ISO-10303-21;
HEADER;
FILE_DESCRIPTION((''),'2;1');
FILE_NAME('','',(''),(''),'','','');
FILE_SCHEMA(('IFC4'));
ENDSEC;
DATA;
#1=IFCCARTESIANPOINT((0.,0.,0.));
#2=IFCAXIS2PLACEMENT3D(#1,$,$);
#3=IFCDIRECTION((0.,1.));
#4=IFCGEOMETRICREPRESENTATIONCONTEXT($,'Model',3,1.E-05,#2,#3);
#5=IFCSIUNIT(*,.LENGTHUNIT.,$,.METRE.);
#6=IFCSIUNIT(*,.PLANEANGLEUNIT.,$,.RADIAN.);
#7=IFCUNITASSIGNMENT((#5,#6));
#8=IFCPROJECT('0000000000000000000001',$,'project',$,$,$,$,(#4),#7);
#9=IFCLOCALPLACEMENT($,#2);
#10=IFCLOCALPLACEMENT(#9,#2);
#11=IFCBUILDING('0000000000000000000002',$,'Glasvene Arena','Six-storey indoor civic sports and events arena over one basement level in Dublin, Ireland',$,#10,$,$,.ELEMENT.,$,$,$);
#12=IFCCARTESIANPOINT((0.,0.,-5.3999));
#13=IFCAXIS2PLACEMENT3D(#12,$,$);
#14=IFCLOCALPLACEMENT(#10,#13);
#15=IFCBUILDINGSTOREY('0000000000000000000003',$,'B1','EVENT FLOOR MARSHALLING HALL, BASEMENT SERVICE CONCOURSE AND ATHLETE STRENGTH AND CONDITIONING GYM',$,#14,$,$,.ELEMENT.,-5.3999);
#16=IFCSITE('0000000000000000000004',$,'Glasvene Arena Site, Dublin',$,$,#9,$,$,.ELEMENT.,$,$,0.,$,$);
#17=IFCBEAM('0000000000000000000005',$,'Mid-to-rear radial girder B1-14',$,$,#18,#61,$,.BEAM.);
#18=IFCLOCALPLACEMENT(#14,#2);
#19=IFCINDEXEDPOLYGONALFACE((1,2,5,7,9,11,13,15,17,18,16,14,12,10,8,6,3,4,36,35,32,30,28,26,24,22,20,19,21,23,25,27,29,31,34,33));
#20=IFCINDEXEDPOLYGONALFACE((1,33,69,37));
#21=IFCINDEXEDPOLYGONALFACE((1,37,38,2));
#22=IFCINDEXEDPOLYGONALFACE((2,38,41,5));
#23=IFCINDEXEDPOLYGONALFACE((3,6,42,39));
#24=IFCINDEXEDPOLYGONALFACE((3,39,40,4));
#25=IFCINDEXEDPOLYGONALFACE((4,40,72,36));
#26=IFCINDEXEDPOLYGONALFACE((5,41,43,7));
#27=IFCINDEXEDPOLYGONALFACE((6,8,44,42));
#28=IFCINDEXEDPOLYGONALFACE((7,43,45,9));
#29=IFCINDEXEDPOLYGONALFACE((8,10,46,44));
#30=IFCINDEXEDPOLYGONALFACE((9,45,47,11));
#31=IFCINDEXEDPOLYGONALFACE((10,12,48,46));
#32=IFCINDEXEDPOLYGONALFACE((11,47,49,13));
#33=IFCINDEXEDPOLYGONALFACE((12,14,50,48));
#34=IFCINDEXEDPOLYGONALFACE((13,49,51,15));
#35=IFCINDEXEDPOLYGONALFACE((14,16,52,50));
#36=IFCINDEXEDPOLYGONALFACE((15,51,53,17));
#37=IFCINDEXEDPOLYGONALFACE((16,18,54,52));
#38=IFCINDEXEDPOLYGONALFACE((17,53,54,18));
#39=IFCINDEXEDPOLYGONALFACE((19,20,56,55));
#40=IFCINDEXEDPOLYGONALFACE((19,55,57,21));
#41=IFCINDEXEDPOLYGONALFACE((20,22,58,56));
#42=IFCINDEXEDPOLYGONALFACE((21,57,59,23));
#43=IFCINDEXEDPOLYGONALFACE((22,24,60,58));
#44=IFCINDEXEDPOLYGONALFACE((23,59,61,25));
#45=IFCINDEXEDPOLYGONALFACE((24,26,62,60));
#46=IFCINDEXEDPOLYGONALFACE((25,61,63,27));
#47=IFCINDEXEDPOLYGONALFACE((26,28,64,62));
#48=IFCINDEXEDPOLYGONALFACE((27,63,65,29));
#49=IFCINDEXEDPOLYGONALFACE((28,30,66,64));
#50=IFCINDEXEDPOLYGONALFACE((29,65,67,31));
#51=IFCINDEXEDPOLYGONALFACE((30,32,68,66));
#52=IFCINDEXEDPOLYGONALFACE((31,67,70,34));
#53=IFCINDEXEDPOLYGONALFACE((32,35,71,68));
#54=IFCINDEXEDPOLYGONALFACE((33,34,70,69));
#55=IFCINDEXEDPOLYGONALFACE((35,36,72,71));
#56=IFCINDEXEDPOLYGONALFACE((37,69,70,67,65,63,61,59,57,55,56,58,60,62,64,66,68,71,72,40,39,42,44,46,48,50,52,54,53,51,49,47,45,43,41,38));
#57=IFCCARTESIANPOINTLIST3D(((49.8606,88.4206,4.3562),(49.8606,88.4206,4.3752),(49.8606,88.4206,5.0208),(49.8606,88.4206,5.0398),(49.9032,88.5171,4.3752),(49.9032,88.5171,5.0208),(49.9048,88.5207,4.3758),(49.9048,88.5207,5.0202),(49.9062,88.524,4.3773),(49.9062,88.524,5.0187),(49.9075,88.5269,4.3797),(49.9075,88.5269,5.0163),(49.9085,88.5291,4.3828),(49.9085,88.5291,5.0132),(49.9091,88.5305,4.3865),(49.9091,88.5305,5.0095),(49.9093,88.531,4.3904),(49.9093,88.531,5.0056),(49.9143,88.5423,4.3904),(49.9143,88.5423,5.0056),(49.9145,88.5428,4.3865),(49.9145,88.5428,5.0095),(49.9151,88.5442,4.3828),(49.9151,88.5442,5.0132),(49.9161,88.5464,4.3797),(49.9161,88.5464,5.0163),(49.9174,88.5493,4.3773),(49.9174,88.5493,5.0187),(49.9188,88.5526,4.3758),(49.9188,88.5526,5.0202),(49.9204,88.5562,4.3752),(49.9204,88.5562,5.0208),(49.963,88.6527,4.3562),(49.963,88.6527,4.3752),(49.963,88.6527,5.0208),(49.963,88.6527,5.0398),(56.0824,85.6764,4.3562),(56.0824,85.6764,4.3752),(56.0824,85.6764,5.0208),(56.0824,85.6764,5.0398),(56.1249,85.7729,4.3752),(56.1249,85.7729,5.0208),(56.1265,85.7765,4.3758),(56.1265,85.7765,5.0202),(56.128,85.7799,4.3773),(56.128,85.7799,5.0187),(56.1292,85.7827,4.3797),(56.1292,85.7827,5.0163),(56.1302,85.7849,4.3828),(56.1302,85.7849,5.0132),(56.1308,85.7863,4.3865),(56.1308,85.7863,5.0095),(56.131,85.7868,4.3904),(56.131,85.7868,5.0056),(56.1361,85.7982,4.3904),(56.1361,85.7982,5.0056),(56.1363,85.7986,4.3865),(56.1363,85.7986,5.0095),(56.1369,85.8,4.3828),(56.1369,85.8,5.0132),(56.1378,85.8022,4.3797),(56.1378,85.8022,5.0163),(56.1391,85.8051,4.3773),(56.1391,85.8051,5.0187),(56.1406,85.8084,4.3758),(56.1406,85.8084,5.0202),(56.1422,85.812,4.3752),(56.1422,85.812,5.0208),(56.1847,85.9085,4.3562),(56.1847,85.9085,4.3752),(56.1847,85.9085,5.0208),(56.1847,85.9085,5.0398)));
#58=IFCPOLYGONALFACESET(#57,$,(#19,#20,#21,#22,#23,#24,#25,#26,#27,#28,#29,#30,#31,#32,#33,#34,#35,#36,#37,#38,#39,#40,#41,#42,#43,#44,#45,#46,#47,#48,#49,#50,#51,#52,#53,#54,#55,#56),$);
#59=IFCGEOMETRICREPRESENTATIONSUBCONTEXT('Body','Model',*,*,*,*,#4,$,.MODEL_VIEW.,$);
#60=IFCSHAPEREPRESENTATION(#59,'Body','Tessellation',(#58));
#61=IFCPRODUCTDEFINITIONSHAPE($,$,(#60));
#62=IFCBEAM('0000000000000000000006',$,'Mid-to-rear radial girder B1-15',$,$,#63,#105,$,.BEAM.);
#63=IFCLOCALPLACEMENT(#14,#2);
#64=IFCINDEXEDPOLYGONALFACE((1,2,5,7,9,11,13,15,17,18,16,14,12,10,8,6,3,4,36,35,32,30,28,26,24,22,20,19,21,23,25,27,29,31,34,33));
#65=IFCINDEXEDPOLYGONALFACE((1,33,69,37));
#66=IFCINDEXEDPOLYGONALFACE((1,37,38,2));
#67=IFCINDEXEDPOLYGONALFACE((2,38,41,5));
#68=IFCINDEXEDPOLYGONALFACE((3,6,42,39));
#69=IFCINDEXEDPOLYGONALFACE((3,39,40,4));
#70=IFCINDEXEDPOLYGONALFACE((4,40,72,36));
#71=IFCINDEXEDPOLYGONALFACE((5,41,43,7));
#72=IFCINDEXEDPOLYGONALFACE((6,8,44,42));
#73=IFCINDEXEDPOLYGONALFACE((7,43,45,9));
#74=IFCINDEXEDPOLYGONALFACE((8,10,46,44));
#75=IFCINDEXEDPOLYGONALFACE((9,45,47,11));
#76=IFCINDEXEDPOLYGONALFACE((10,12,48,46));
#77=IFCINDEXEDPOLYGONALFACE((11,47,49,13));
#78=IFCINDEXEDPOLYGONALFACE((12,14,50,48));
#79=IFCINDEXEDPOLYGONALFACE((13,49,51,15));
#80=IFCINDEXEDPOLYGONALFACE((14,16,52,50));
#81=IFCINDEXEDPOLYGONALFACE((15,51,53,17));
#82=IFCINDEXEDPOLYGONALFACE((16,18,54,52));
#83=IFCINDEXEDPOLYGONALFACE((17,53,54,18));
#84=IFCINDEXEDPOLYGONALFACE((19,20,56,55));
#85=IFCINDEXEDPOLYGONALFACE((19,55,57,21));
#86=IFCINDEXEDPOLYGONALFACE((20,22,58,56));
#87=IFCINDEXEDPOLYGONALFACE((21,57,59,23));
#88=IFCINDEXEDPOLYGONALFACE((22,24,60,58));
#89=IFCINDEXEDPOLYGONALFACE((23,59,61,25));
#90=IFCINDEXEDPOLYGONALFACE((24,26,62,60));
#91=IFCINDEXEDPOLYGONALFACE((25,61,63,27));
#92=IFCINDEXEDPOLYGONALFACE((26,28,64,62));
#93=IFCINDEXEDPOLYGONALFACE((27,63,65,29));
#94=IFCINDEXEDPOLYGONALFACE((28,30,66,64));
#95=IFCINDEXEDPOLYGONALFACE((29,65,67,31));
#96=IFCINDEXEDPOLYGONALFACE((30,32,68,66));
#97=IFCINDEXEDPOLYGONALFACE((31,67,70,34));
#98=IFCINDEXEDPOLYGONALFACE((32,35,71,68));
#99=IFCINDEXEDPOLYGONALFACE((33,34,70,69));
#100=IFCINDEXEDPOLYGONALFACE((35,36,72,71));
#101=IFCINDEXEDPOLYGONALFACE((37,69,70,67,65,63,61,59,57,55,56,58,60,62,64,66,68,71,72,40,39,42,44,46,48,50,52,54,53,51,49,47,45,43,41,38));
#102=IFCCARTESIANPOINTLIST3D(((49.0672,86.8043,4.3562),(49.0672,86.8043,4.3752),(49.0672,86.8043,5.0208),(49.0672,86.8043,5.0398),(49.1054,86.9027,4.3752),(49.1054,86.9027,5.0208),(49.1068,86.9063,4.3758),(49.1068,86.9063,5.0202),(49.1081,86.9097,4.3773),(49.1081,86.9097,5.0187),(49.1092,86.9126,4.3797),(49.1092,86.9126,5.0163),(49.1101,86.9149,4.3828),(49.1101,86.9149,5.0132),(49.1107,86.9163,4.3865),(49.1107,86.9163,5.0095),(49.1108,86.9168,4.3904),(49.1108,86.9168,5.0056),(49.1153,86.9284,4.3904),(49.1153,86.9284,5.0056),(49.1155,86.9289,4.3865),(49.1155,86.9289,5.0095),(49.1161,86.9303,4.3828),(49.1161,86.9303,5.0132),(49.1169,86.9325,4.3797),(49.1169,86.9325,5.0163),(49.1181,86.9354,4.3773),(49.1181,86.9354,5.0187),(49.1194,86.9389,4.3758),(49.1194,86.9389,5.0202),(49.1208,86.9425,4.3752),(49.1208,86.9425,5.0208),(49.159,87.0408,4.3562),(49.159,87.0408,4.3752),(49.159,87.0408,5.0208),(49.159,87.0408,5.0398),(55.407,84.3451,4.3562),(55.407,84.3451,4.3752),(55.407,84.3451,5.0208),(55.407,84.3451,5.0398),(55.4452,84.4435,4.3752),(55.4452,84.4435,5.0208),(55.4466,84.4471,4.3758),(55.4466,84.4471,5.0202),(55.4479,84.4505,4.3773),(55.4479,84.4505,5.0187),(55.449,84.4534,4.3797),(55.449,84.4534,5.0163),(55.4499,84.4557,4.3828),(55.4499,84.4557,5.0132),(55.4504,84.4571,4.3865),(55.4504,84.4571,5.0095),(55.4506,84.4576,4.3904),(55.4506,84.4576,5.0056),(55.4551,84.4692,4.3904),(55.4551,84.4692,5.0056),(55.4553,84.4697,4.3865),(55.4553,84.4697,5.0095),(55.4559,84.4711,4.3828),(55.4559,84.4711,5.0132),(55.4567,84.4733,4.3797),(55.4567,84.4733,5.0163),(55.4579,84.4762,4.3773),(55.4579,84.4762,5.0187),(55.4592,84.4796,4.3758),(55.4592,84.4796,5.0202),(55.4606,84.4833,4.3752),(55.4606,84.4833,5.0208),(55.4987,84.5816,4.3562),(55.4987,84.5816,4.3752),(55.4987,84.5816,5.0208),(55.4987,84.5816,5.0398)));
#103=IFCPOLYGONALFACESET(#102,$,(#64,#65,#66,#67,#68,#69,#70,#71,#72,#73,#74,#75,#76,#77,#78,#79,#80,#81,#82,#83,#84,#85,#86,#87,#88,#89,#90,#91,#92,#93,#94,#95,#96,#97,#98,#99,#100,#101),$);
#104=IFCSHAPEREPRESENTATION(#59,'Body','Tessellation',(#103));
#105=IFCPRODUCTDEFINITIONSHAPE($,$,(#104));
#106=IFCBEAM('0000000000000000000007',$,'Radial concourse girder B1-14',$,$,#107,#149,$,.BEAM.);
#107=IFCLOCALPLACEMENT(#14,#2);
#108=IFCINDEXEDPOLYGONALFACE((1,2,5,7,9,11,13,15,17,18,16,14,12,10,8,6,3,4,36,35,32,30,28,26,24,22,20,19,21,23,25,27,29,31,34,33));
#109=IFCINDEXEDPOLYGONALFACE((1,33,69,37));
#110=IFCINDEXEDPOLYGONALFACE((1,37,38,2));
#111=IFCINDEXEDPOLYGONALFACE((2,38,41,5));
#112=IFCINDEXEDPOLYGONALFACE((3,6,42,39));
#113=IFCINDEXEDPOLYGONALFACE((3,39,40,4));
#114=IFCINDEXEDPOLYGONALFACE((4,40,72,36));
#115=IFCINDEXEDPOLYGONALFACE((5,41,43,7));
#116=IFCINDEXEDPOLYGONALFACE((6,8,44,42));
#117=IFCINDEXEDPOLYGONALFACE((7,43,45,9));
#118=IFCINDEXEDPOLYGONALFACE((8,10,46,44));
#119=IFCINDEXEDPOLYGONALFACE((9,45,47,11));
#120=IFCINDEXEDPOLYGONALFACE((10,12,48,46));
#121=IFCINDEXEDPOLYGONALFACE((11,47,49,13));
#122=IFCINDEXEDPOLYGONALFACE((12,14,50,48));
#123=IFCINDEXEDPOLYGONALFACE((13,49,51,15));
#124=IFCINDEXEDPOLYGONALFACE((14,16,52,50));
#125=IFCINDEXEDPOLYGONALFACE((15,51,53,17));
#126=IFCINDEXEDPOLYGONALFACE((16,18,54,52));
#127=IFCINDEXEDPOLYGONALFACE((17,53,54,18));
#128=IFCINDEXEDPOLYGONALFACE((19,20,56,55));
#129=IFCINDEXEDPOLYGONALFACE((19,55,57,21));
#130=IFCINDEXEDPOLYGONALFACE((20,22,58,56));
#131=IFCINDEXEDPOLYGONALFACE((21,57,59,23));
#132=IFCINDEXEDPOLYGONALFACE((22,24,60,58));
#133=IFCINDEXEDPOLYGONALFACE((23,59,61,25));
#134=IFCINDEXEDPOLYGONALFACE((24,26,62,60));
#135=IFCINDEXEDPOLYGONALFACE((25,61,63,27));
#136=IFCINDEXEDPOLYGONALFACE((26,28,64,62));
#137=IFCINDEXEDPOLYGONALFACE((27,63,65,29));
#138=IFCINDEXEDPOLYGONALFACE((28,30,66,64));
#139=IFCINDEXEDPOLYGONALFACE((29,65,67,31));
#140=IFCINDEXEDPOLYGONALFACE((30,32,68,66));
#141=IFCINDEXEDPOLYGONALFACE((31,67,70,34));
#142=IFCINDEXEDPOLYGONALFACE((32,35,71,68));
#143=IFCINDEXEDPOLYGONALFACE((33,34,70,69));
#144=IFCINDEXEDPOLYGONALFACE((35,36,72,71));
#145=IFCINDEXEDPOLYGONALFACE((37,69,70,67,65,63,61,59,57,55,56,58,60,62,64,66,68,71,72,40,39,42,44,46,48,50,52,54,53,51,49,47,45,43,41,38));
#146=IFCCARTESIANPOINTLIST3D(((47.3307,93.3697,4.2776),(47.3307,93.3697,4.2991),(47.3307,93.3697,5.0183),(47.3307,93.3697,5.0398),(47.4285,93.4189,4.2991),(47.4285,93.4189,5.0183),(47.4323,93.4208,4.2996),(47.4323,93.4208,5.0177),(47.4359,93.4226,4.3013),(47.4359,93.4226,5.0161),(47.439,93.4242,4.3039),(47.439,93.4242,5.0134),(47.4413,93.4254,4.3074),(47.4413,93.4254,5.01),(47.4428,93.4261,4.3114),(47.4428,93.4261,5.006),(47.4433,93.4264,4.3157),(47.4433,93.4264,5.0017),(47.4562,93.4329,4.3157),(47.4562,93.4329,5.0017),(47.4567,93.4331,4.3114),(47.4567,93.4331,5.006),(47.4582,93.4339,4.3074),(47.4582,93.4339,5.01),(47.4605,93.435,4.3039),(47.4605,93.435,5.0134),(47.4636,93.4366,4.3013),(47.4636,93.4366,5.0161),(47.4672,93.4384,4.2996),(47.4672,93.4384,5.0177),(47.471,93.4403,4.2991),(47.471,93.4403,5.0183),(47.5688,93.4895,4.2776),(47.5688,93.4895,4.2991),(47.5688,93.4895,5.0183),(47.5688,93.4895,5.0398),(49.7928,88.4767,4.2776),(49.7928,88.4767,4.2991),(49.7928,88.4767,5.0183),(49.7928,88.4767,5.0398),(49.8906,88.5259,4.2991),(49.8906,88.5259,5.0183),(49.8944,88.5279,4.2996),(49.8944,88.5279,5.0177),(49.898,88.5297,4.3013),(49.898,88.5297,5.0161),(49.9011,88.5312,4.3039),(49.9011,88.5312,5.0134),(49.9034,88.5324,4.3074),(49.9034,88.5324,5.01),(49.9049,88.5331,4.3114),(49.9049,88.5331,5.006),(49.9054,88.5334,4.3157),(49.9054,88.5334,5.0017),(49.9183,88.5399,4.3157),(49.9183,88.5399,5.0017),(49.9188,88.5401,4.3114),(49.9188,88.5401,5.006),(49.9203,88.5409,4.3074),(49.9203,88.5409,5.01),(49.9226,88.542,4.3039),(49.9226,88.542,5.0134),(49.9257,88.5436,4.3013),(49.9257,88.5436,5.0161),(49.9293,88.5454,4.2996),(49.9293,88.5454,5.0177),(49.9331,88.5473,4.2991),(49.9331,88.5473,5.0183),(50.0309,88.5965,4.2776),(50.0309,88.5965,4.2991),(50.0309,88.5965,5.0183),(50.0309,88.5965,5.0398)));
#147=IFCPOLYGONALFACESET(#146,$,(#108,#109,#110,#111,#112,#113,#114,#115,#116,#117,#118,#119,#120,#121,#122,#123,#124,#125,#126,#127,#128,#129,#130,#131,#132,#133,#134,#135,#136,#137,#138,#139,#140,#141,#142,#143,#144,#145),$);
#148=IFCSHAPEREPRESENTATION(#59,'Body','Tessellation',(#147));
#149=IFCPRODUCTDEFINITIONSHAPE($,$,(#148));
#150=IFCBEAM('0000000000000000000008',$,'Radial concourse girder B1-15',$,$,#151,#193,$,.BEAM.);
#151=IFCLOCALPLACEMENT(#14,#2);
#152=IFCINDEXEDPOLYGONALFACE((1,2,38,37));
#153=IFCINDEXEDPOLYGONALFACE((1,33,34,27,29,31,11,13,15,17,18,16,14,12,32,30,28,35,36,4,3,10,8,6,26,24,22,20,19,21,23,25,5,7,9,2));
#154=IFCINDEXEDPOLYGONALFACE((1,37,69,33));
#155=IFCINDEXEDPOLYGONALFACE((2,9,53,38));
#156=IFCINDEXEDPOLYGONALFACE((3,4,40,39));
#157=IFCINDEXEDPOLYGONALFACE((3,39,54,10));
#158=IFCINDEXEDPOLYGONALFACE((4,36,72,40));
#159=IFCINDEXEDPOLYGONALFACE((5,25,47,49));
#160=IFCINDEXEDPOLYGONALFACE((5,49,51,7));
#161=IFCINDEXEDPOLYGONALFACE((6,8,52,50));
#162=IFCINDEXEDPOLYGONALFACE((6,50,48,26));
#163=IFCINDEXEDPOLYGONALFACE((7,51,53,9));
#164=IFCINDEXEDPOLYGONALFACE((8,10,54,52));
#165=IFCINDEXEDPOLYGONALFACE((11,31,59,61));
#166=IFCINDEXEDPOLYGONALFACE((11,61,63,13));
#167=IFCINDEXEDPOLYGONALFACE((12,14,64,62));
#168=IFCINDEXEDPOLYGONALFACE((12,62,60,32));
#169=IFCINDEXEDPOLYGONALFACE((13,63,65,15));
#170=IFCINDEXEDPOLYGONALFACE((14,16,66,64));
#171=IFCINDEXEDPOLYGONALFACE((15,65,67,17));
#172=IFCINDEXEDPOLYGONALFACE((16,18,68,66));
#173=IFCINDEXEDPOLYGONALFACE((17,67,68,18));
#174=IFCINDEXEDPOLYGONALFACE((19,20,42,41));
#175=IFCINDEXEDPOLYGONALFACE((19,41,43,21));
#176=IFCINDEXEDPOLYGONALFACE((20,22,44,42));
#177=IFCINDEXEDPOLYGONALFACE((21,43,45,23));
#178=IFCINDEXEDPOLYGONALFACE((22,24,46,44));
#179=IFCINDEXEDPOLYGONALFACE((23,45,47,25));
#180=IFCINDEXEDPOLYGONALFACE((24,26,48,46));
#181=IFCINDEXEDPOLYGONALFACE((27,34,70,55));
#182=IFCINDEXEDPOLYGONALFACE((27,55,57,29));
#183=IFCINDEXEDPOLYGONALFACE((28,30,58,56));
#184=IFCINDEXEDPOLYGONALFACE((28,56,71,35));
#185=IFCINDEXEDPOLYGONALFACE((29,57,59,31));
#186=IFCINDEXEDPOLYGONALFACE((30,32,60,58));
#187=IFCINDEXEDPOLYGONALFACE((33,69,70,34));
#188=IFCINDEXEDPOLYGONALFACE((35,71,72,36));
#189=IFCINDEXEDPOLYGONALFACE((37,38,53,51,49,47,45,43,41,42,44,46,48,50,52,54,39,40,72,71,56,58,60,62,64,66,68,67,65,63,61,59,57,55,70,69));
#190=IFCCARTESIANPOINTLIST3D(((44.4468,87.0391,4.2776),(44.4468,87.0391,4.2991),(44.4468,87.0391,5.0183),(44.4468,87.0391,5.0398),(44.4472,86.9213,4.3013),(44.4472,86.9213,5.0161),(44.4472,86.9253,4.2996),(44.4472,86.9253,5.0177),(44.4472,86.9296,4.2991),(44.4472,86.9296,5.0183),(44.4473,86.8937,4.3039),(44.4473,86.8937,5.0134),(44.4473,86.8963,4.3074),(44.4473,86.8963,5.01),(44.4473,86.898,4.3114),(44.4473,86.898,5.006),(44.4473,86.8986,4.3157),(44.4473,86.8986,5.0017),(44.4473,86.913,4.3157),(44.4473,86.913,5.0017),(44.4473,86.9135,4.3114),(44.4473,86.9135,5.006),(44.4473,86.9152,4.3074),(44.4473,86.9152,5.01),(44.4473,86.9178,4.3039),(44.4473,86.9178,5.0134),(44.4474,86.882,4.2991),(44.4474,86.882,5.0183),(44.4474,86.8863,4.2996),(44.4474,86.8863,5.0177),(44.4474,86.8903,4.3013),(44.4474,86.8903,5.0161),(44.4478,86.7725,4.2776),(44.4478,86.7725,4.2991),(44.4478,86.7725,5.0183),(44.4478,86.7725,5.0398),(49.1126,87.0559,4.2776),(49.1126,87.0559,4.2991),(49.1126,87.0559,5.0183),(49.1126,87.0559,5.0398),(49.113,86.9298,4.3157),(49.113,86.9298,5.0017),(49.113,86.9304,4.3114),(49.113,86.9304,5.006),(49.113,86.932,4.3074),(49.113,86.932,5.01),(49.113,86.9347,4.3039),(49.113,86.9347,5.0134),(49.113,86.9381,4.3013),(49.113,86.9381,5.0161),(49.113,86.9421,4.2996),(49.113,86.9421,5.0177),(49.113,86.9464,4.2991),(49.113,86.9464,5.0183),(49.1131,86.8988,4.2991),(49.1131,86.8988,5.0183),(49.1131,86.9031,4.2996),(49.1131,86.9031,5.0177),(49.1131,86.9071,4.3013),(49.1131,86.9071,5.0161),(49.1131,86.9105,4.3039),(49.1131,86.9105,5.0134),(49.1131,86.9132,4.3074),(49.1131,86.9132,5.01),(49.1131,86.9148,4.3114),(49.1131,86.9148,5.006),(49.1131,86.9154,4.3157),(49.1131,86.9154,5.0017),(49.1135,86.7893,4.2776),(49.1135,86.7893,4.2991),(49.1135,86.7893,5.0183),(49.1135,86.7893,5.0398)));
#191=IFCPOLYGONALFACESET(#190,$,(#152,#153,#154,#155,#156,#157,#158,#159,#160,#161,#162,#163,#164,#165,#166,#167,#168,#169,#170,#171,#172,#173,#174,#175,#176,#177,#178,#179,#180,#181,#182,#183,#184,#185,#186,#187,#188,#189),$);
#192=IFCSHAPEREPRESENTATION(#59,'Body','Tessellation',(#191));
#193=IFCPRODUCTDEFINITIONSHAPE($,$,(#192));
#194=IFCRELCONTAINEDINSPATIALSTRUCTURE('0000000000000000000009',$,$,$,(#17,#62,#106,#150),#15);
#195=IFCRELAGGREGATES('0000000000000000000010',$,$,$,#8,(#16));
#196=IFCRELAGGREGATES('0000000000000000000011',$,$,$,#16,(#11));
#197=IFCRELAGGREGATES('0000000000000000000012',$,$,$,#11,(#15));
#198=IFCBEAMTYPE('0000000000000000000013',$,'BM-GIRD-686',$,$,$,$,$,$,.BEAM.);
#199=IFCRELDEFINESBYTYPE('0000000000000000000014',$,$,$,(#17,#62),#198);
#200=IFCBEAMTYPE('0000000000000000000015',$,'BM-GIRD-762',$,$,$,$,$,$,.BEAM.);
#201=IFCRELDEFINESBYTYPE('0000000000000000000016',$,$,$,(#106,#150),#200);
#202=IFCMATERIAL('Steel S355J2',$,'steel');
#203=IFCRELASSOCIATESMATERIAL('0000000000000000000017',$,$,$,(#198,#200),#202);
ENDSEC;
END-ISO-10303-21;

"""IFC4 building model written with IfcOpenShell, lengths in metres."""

from ifc_helpers import new_model, si_unit, direction, frame, origin, origin_2d, place, context, subcontext, project, spatial, i_section, extrude, material, material_profile, profile_set, type_object, element, save


model = new_model("IFC4")

# Units and contexts
model_context = context("Model", 3, precision=1e-05, world=origin(), true_north=direction((0.0, 1.0)))
body_context = subcontext(model_context, "Body", "Model", "MODEL_VIEW")
ifc_project = project(units=[si_unit("LENGTHUNIT", "METRE"), si_unit("PLANEANGLEUNIT", "RADIAN")], contexts=[model_context])

# Site, building, storey
site_placement = place(None, origin())
site = spatial("IfcSite", under=ifc_project, at=site_placement, Name="Glasvene Arena Site, Dublin", CompositionType="ELEMENT", RefElevation=0.0)
building_placement = place(site_placement, origin())
building = spatial("IfcBuilding", under=site, at=building_placement, Name="Glasvene Arena", Description="Six-storey indoor civic sports and events arena over one basement level in Dublin, Ireland", CompositionType="ELEMENT")
storey_placement = place(building_placement, frame((0.0, 0.0, -5.3999)))
storey = spatial("IfcBuildingStorey", under=building, at=storey_placement, Name="B1", Description="EVENT FLOOR MARSHALLING HALL, BASEMENT SERVICE CONCOURSE AND ATHLETE STRENGTH AND CONDITIONING GYM", CompositionType="ELEMENT", Elevation=-5.3999)

# Shared definitions
ifc_material_1 = material(Name="Steel S355J2", Category="steel")

# Beams
ifc_material_profile_1 = material_profile(ifc_material_1, i_section(OverallWidth=0.2537, OverallDepth=0.6836, WebThickness=0.0125, FlangeThickness=0.019, FilletRadius=0.0151, at=origin_2d()), Name="UKB 686x254x140")
ifc_profile_set_1 = profile_set([ifc_material_profile_1], Name="Steel S355J2")
beam_type_1 = type_object("IfcBeamType", Name="BM-GIRD-686", PredefinedType="BEAM", material=ifc_profile_set_1)
for number, where, z_axis, x_axis, name in (
    (1, (56.1335, 85.7925, 4.698), (-0.914957, 0.403552, 0.0), (-0.403552, -0.914957, 0.0), "Mid-to-rear radial girder B1-14"),
    (2, (55.4529, 84.4634, 4.698), (-0.932316, 0.361646, 0.0), (-0.361646, -0.932316, 0.0), "Mid-to-rear radial girder B1-15"),
):
    element("IfcBeam", number, at=place(storey_placement, frame(where, z_axis=z_axis, x_axis=x_axis)), inside=storey, type_object=beam_type_1, Name=name, PredefinedType="BEAM", context=body_context, shape_type="SweptSolid", body=[
        extrude(i_section(OverallWidth=0.2537, OverallDepth=0.6836, WebThickness=0.0125, FlangeThickness=0.019, FilletRadius=0.0151, at=origin_2d()), origin(), (0.0, 0.0, 1.0), 6.8),
    ])
ifc_material_profile_2 = material_profile(ifc_material_1, i_section(OverallWidth=0.2666, OverallDepth=0.7622, WebThickness=0.0144, FlangeThickness=0.0215, FilletRadius=0.0166, at=origin_2d()), Name="UKB 762x267x173")
ifc_profile_set_2 = profile_set([ifc_material_profile_2], Name="Steel S355J2")
beam_type_2 = type_object("IfcBeamType", Name="BM-GIRD-762", PredefinedType="BEAM", material=ifc_profile_set_2)
beam_1_placement = place(storey_placement, frame((49.9119, 88.5366, 4.6587), z_axis=(-0.449494, 0.893283, 0.0), x_axis=(-0.893283, -0.449494, 0.0)))
element("IfcBeam", 3, at=beam_1_placement, inside=storey, type_object=beam_type_2, Name="Radial concourse girder B1-14", PredefinedType="BEAM", context=body_context, shape_type="SweptSolid", body=[
    extrude(i_section(OverallWidth=0.2666, OverallDepth=0.7622, WebThickness=0.0144, FlangeThickness=0.0215, FilletRadius=0.0166, at=origin_2d()), origin(), (0.0, 0.0, 1.0), 5.4775),
])
beam_2_placement = place(storey_placement, frame((49.113, 86.9226, 4.6587), z_axis=(-0.999993, -0.00361, 0.0), x_axis=(0.00361, -0.999993, 0.0)))
element("IfcBeam", 4, at=beam_2_placement, inside=storey, type_object=beam_type_2, Name="Radial concourse girder B1-15", PredefinedType="BEAM", context=body_context, shape_type="SweptSolid", body=[
    extrude(i_section(OverallWidth=0.2666, OverallDepth=0.7622, WebThickness=0.0144, FlangeThickness=0.0215, FilletRadius=0.0166, at=origin_2d()), origin(), (0.0, 0.0, 1.0), 4.6658),
])

save(model, "model.ifc")
